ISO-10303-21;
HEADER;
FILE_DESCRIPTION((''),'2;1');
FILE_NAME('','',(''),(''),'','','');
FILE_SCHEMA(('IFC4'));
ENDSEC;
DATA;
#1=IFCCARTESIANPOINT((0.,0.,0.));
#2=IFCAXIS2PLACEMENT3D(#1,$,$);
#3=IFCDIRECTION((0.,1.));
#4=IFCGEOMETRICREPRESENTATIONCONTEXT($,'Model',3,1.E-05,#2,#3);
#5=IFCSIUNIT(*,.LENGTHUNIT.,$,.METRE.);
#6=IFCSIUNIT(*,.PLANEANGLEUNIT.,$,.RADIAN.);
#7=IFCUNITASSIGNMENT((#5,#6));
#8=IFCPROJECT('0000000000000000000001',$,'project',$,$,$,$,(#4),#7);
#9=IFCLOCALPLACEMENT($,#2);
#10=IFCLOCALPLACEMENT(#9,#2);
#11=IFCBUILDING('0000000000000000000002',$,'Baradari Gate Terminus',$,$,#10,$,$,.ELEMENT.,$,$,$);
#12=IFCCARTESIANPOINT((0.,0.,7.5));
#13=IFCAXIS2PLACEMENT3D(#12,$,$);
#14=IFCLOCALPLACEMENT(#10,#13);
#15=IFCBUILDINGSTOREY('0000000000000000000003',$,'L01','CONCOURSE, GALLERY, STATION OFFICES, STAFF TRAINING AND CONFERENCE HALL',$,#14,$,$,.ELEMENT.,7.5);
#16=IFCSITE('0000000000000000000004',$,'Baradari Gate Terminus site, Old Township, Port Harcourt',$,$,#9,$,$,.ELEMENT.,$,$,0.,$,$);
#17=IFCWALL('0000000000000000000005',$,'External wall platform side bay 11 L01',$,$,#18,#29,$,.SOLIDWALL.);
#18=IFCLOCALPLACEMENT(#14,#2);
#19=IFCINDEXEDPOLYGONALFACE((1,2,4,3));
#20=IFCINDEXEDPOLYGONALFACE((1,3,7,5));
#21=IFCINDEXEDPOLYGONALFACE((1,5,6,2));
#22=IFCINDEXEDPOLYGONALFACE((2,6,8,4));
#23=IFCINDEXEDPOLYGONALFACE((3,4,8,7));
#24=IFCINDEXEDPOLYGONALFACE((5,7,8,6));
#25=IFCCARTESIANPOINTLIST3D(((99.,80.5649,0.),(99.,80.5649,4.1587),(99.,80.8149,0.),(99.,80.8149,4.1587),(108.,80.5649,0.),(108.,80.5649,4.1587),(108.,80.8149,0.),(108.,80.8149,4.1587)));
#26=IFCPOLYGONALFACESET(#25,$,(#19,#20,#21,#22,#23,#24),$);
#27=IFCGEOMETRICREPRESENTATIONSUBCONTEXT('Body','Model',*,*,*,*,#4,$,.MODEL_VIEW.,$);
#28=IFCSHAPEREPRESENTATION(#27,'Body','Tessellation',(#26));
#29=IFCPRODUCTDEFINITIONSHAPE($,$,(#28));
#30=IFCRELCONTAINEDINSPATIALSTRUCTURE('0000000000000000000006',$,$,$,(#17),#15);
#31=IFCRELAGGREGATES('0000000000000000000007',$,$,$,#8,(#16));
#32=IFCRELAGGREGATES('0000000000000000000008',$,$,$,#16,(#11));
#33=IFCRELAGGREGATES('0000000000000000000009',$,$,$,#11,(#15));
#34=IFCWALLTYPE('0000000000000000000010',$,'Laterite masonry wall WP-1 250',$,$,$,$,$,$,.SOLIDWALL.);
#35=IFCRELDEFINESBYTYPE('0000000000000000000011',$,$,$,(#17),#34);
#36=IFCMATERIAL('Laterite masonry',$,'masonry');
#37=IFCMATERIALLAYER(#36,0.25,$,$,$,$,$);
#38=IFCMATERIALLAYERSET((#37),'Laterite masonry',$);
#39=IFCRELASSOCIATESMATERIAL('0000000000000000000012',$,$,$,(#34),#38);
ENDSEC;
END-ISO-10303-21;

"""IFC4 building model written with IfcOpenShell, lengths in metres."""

from ifc_helpers import new_model, si_unit, direction, frame, frame_2d, origin, place, context, subcontext, project, spatial, rectangle, extrude, material, layer, layer_set, type_object, element, save


model = new_model("IFC4")

# Units and contexts
model_context = context("Model", 3, precision=1e-05, world=origin(), true_north=direction((0.0, 1.0)))
body_context = subcontext(model_context, "Body", "Model", "MODEL_VIEW")
ifc_project = project(units=[si_unit("LENGTHUNIT", "METRE"), si_unit("PLANEANGLEUNIT", "RADIAN")], contexts=[model_context])

# Site, building, storey
site_placement = place(None, origin())
site = spatial("IfcSite", under=ifc_project, at=site_placement, Name="Baradari Gate Terminus site, Old Township, Port Harcourt", CompositionType="ELEMENT", RefElevation=0.0)
building_placement = place(site_placement, origin())
building = spatial("IfcBuilding", under=site, at=building_placement, Name="Baradari Gate Terminus", CompositionType="ELEMENT")
storey_placement = place(building_placement, frame((0.0, 0.0, 7.5)))
storey = spatial("IfcBuildingStorey", under=building, at=storey_placement, Name="L01", Description="CONCOURSE, GALLERY, STATION OFFICES, STAFF TRAINING AND CONFERENCE HALL", CompositionType="ELEMENT", Elevation=7.5)

# Wall
ifc_material_1 = material(Name="Laterite masonry", Category="masonry")
ifc_layer_1 = layer(ifc_material_1, 0.25)
ifc_layer_set_1 = layer_set([ifc_layer_1], Name="Laterite masonry")
wall_type = type_object("IfcWallType", Name="Laterite masonry wall WP-1 250", PredefinedType="SOLIDWALL", material=ifc_layer_set_1)
wall_placement = place(storey_placement, frame((99.0, 80.6899, 0.0), z_axis=(0.0, 0.0, 1.0), x_axis=(1.0, 0.0, 0.0)))
element("IfcWall", 1, at=wall_placement, inside=storey, type_object=wall_type, Name="External wall platform side bay 11 L01", PredefinedType="SOLIDWALL", context=body_context, shape_type="SweptSolid", body=[
    extrude(rectangle(XDim=9.0, YDim=0.25, at=frame_2d((4.5, 0.0))), origin(), (0.0, 0.0, 1.0), 4.1587),
])

save(model, "model.ifc")
